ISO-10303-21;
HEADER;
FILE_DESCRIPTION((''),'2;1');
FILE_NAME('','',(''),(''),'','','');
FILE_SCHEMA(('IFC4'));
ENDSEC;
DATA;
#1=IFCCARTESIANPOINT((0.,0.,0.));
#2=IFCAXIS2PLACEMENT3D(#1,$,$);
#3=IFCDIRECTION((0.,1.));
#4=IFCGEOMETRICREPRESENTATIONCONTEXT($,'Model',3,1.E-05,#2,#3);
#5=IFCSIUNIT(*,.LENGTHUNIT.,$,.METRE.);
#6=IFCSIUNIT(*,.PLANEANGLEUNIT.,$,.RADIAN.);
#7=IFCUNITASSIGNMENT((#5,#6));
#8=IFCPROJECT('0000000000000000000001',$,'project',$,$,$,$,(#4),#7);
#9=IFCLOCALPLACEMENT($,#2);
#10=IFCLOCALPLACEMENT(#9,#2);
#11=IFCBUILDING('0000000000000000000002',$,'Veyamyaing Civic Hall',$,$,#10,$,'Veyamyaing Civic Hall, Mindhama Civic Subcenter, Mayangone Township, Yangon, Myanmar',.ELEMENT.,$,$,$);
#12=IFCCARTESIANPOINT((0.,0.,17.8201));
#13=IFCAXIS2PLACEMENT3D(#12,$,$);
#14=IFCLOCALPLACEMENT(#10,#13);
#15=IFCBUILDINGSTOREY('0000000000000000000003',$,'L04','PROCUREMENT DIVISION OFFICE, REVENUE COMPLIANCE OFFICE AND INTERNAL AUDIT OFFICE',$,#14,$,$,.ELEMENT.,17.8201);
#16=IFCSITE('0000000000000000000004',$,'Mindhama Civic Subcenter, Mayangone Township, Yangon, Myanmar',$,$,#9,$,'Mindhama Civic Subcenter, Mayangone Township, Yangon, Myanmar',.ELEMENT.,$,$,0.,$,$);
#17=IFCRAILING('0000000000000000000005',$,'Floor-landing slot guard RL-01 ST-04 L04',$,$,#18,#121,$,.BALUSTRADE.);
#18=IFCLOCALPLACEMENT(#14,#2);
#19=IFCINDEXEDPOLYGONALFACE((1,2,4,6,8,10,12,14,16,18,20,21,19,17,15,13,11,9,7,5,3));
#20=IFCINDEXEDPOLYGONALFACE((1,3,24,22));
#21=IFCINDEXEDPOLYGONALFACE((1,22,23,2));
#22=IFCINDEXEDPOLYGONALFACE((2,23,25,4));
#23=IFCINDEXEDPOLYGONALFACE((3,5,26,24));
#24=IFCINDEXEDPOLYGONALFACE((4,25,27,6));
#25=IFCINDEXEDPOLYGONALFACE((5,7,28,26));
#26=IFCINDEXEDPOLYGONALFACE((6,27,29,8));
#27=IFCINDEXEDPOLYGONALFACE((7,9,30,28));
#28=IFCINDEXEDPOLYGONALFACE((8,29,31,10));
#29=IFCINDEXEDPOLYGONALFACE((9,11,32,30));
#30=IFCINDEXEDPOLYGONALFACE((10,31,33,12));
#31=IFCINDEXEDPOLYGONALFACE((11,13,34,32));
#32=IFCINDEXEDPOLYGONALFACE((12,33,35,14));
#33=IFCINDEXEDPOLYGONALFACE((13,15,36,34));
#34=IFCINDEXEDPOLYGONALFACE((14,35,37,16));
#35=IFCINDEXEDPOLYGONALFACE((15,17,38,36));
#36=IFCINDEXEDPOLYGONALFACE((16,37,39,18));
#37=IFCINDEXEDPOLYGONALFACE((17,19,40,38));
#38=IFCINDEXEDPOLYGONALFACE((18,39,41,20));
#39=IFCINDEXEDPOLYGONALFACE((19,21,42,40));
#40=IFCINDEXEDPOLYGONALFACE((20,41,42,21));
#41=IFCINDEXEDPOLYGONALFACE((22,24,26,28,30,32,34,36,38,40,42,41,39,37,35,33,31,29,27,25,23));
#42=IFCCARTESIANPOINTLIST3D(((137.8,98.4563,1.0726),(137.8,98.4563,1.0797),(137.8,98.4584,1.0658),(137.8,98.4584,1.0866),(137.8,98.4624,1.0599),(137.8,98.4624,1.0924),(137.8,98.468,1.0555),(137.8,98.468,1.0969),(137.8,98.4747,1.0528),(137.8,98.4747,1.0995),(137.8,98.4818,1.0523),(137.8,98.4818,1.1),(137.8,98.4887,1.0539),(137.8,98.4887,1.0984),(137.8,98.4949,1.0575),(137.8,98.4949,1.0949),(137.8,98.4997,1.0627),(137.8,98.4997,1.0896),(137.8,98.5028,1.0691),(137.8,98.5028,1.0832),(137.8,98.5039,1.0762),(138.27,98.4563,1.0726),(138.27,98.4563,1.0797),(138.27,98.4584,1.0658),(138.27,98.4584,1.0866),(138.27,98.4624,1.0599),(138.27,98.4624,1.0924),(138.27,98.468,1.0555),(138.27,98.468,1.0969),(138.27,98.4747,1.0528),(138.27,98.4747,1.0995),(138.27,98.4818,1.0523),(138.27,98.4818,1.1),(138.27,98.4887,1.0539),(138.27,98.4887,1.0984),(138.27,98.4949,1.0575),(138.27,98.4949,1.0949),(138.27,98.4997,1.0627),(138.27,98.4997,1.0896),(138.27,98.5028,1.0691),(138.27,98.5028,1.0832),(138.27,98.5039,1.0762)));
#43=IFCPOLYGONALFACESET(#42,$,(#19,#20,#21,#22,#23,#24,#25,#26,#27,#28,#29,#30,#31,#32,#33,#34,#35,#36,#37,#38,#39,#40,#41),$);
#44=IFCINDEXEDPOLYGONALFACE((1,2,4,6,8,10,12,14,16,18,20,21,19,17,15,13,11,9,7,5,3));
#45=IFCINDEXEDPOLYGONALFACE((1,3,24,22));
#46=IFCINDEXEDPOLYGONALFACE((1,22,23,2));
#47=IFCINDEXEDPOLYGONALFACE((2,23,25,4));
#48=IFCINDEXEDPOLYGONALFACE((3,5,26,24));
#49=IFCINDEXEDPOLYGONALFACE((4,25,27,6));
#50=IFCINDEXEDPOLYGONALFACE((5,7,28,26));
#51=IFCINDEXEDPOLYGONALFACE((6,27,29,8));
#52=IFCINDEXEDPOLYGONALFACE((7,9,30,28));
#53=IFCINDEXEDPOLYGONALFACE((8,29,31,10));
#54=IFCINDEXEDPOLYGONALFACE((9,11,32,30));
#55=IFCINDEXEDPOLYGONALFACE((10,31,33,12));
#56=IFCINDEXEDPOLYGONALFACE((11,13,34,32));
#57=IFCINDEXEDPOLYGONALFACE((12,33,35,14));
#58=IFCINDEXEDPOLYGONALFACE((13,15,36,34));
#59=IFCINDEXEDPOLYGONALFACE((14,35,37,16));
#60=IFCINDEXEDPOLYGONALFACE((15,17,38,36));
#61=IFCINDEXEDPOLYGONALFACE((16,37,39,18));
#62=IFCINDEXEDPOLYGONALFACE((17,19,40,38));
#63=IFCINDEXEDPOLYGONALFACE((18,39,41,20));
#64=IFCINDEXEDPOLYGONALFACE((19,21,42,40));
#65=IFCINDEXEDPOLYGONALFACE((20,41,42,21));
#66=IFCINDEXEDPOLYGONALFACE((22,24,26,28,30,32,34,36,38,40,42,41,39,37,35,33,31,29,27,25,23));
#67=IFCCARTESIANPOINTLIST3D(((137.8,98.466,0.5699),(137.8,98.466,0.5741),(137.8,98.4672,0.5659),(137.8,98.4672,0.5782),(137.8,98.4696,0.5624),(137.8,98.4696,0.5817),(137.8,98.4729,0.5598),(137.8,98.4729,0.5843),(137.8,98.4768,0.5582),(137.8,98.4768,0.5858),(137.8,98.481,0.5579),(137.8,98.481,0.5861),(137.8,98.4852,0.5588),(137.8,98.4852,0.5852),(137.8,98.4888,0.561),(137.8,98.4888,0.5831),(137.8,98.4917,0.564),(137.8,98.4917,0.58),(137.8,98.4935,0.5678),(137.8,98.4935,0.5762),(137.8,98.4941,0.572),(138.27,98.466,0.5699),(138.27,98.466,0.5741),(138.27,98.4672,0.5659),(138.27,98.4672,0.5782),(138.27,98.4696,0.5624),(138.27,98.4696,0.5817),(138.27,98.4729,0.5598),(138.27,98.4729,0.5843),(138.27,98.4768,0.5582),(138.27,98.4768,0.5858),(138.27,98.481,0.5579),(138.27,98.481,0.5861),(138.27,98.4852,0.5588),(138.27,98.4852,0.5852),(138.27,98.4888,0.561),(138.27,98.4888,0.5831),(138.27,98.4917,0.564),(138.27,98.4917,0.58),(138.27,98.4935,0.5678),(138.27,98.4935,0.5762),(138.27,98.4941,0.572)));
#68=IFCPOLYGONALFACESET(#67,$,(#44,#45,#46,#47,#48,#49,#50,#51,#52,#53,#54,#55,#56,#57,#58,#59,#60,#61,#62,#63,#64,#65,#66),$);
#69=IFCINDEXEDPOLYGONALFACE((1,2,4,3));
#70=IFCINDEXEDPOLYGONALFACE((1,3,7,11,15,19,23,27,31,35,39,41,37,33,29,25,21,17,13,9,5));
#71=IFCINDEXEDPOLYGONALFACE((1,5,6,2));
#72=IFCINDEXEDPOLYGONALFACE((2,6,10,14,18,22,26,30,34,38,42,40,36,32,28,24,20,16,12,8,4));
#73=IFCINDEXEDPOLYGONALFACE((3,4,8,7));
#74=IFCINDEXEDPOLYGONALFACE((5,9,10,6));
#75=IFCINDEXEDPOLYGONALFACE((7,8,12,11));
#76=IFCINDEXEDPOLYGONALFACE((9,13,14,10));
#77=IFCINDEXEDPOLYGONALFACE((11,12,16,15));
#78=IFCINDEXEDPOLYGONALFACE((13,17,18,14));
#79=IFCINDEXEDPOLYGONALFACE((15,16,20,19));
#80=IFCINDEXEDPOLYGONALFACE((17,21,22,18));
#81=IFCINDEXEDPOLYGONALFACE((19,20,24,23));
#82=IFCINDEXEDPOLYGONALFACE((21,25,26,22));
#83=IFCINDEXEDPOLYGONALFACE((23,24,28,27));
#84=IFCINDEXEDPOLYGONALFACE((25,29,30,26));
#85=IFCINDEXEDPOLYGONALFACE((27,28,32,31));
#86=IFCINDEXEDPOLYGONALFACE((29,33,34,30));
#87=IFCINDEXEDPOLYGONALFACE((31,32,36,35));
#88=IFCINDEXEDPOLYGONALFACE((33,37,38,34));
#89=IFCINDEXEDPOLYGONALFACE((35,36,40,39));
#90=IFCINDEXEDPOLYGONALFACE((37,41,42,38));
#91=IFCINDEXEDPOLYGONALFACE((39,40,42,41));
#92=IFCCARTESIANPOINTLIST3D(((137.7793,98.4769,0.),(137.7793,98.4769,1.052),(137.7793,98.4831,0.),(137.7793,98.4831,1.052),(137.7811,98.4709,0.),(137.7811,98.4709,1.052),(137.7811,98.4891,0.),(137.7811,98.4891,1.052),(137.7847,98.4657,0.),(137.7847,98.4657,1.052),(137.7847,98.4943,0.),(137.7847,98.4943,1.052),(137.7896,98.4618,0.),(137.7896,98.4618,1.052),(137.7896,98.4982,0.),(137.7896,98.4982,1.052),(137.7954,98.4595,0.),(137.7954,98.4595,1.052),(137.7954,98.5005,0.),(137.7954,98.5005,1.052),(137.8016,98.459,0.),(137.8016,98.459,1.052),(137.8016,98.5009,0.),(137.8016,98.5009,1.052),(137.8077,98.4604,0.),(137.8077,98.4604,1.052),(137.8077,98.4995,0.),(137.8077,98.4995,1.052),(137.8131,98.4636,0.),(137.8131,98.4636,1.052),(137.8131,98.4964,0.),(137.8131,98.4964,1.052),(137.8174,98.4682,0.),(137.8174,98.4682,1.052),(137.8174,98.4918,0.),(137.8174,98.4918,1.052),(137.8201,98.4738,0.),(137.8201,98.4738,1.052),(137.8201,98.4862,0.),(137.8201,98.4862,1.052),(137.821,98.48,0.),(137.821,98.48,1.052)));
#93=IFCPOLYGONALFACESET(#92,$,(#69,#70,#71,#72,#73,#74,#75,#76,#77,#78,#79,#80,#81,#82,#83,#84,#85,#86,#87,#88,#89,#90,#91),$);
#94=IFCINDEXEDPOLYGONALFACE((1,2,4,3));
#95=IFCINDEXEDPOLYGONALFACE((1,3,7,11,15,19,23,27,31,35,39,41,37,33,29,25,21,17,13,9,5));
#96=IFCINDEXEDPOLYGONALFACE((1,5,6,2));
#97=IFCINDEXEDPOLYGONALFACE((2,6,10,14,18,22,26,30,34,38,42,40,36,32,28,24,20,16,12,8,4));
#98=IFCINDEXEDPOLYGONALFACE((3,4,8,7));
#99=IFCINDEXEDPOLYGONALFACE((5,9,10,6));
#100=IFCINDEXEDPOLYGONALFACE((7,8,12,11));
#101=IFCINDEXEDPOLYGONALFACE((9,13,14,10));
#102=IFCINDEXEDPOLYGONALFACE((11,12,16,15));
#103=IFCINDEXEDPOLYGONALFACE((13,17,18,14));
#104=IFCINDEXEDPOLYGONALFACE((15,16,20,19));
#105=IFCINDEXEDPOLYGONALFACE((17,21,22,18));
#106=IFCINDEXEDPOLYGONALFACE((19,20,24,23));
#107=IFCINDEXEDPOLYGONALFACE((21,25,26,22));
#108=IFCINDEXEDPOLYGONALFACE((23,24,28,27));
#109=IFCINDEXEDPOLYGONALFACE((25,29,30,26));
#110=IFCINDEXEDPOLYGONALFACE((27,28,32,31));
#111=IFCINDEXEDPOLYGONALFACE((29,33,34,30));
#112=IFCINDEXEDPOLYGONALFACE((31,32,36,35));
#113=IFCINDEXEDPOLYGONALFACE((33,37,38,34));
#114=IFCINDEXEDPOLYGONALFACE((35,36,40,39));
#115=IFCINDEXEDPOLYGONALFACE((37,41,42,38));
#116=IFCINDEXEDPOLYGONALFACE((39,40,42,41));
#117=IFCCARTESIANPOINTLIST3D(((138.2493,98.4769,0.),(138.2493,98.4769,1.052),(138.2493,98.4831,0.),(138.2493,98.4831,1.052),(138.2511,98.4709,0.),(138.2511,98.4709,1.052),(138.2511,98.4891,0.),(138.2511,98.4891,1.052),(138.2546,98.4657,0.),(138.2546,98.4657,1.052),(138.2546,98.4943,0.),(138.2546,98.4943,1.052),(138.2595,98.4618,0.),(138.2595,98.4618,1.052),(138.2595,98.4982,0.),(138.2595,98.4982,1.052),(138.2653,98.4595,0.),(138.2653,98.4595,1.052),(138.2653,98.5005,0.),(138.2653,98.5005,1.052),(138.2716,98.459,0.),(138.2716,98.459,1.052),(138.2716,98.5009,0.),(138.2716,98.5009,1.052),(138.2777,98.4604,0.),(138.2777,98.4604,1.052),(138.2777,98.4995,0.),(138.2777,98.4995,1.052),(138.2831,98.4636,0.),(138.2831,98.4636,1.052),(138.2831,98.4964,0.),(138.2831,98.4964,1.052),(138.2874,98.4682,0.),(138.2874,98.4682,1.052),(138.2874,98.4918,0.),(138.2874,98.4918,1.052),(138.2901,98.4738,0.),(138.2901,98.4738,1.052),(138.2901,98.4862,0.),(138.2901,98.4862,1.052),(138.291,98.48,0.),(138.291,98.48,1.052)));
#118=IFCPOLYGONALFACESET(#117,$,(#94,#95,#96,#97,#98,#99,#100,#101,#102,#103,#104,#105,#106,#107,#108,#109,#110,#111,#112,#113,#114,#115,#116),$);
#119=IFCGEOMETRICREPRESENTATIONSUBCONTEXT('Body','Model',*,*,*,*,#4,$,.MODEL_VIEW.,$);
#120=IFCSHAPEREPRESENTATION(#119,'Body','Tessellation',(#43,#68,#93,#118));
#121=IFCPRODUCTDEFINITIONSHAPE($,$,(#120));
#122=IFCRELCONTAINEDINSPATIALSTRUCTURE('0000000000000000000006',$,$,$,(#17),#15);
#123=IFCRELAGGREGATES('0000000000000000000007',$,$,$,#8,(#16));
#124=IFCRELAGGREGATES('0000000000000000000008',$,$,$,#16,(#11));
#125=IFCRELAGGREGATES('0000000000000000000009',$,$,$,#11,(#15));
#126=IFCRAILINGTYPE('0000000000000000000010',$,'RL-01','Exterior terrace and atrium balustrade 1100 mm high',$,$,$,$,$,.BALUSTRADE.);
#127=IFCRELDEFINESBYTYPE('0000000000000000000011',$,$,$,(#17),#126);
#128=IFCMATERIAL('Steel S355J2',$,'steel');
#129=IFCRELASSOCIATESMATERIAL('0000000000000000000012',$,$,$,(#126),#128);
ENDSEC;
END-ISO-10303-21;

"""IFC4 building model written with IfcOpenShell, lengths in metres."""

from ifc_helpers import new_model, si_unit, direction, frame, origin, origin_2d, place, context, subcontext, project, spatial, circle, extrude, material, type_object, element, save


model = new_model("IFC4")

# Units and contexts
model_context = context("Model", 3, precision=1e-05, world=origin(), true_north=direction((0.0, 1.0)))
body_context = subcontext(model_context, "Body", "Model", "MODEL_VIEW")
ifc_project = project(units=[si_unit("LENGTHUNIT", "METRE"), si_unit("PLANEANGLEUNIT", "RADIAN")], contexts=[model_context])

# Site, building, storey
site_placement = place(None, origin())
site = spatial("IfcSite", under=ifc_project, at=site_placement, Name="Mindhama Civic Subcenter, Mayangone Township, Yangon, Myanmar", LongName="Mindhama Civic Subcenter, Mayangone Township, Yangon, Myanmar", CompositionType="ELEMENT", RefElevation=0.0)
building_placement = place(site_placement, origin())
building = spatial("IfcBuilding", under=site, at=building_placement, Name="Veyamyaing Civic Hall", LongName="Veyamyaing Civic Hall, Mindhama Civic Subcenter, Mayangone Township, Yangon, Myanmar", CompositionType="ELEMENT")
storey_placement = place(building_placement, frame((0.0, 0.0, 17.8201)))
storey = spatial("IfcBuildingStorey", under=building, at=storey_placement, Name="L04", Description="PROCUREMENT DIVISION OFFICE, REVENUE COMPLIANCE OFFICE AND INTERNAL AUDIT OFFICE", CompositionType="ELEMENT", Elevation=17.8201)

# Railing
ifc_material_1 = material(Name="Steel S355J2", Category="steel")
railing_type_1 = type_object("IfcRailingType", Name="RL-01", Description="Exterior terrace and atrium balustrade 1100 mm high", PredefinedType="BALUSTRADE", material=ifc_material_1)
railing_1_placement = place(storey_placement, frame((137.8, 98.48, 0.0)))
element("IfcRailing", 1, at=railing_1_placement, inside=storey, type_object=railing_type_1, Name="Floor-landing slot guard RL-01 ST-04 L04", PredefinedType="BALUSTRADE", context=body_context, shape_type="SweptSolid", body=[
    extrude(circle(Radius=0.0239, at=origin_2d()), frame((0.0, 0.0, 1.0762), z_axis=(1.0, 0.0, 0.0), x_axis=(0.0, 1.0, 0.0)), (0.0, 0.0, 1.0), 0.47),
    extrude(circle(Radius=0.0142, at=origin_2d()), frame((0.0, 0.0, 0.572), z_axis=(1.0, 0.0, 0.0), x_axis=(0.0, 1.0, 0.0)), (0.0, 0.0, 1.0), 0.47),
    extrude(circle(Radius=0.021, at=origin_2d()), origin(), (0.0, 0.0, 1.0), 1.052),
    extrude(circle(Radius=0.021, at=origin_2d()), frame((0.47, 0.0, 0.0)), (0.0, 0.0, 1.0), 1.052),
])

save(model, "model.ifc")
